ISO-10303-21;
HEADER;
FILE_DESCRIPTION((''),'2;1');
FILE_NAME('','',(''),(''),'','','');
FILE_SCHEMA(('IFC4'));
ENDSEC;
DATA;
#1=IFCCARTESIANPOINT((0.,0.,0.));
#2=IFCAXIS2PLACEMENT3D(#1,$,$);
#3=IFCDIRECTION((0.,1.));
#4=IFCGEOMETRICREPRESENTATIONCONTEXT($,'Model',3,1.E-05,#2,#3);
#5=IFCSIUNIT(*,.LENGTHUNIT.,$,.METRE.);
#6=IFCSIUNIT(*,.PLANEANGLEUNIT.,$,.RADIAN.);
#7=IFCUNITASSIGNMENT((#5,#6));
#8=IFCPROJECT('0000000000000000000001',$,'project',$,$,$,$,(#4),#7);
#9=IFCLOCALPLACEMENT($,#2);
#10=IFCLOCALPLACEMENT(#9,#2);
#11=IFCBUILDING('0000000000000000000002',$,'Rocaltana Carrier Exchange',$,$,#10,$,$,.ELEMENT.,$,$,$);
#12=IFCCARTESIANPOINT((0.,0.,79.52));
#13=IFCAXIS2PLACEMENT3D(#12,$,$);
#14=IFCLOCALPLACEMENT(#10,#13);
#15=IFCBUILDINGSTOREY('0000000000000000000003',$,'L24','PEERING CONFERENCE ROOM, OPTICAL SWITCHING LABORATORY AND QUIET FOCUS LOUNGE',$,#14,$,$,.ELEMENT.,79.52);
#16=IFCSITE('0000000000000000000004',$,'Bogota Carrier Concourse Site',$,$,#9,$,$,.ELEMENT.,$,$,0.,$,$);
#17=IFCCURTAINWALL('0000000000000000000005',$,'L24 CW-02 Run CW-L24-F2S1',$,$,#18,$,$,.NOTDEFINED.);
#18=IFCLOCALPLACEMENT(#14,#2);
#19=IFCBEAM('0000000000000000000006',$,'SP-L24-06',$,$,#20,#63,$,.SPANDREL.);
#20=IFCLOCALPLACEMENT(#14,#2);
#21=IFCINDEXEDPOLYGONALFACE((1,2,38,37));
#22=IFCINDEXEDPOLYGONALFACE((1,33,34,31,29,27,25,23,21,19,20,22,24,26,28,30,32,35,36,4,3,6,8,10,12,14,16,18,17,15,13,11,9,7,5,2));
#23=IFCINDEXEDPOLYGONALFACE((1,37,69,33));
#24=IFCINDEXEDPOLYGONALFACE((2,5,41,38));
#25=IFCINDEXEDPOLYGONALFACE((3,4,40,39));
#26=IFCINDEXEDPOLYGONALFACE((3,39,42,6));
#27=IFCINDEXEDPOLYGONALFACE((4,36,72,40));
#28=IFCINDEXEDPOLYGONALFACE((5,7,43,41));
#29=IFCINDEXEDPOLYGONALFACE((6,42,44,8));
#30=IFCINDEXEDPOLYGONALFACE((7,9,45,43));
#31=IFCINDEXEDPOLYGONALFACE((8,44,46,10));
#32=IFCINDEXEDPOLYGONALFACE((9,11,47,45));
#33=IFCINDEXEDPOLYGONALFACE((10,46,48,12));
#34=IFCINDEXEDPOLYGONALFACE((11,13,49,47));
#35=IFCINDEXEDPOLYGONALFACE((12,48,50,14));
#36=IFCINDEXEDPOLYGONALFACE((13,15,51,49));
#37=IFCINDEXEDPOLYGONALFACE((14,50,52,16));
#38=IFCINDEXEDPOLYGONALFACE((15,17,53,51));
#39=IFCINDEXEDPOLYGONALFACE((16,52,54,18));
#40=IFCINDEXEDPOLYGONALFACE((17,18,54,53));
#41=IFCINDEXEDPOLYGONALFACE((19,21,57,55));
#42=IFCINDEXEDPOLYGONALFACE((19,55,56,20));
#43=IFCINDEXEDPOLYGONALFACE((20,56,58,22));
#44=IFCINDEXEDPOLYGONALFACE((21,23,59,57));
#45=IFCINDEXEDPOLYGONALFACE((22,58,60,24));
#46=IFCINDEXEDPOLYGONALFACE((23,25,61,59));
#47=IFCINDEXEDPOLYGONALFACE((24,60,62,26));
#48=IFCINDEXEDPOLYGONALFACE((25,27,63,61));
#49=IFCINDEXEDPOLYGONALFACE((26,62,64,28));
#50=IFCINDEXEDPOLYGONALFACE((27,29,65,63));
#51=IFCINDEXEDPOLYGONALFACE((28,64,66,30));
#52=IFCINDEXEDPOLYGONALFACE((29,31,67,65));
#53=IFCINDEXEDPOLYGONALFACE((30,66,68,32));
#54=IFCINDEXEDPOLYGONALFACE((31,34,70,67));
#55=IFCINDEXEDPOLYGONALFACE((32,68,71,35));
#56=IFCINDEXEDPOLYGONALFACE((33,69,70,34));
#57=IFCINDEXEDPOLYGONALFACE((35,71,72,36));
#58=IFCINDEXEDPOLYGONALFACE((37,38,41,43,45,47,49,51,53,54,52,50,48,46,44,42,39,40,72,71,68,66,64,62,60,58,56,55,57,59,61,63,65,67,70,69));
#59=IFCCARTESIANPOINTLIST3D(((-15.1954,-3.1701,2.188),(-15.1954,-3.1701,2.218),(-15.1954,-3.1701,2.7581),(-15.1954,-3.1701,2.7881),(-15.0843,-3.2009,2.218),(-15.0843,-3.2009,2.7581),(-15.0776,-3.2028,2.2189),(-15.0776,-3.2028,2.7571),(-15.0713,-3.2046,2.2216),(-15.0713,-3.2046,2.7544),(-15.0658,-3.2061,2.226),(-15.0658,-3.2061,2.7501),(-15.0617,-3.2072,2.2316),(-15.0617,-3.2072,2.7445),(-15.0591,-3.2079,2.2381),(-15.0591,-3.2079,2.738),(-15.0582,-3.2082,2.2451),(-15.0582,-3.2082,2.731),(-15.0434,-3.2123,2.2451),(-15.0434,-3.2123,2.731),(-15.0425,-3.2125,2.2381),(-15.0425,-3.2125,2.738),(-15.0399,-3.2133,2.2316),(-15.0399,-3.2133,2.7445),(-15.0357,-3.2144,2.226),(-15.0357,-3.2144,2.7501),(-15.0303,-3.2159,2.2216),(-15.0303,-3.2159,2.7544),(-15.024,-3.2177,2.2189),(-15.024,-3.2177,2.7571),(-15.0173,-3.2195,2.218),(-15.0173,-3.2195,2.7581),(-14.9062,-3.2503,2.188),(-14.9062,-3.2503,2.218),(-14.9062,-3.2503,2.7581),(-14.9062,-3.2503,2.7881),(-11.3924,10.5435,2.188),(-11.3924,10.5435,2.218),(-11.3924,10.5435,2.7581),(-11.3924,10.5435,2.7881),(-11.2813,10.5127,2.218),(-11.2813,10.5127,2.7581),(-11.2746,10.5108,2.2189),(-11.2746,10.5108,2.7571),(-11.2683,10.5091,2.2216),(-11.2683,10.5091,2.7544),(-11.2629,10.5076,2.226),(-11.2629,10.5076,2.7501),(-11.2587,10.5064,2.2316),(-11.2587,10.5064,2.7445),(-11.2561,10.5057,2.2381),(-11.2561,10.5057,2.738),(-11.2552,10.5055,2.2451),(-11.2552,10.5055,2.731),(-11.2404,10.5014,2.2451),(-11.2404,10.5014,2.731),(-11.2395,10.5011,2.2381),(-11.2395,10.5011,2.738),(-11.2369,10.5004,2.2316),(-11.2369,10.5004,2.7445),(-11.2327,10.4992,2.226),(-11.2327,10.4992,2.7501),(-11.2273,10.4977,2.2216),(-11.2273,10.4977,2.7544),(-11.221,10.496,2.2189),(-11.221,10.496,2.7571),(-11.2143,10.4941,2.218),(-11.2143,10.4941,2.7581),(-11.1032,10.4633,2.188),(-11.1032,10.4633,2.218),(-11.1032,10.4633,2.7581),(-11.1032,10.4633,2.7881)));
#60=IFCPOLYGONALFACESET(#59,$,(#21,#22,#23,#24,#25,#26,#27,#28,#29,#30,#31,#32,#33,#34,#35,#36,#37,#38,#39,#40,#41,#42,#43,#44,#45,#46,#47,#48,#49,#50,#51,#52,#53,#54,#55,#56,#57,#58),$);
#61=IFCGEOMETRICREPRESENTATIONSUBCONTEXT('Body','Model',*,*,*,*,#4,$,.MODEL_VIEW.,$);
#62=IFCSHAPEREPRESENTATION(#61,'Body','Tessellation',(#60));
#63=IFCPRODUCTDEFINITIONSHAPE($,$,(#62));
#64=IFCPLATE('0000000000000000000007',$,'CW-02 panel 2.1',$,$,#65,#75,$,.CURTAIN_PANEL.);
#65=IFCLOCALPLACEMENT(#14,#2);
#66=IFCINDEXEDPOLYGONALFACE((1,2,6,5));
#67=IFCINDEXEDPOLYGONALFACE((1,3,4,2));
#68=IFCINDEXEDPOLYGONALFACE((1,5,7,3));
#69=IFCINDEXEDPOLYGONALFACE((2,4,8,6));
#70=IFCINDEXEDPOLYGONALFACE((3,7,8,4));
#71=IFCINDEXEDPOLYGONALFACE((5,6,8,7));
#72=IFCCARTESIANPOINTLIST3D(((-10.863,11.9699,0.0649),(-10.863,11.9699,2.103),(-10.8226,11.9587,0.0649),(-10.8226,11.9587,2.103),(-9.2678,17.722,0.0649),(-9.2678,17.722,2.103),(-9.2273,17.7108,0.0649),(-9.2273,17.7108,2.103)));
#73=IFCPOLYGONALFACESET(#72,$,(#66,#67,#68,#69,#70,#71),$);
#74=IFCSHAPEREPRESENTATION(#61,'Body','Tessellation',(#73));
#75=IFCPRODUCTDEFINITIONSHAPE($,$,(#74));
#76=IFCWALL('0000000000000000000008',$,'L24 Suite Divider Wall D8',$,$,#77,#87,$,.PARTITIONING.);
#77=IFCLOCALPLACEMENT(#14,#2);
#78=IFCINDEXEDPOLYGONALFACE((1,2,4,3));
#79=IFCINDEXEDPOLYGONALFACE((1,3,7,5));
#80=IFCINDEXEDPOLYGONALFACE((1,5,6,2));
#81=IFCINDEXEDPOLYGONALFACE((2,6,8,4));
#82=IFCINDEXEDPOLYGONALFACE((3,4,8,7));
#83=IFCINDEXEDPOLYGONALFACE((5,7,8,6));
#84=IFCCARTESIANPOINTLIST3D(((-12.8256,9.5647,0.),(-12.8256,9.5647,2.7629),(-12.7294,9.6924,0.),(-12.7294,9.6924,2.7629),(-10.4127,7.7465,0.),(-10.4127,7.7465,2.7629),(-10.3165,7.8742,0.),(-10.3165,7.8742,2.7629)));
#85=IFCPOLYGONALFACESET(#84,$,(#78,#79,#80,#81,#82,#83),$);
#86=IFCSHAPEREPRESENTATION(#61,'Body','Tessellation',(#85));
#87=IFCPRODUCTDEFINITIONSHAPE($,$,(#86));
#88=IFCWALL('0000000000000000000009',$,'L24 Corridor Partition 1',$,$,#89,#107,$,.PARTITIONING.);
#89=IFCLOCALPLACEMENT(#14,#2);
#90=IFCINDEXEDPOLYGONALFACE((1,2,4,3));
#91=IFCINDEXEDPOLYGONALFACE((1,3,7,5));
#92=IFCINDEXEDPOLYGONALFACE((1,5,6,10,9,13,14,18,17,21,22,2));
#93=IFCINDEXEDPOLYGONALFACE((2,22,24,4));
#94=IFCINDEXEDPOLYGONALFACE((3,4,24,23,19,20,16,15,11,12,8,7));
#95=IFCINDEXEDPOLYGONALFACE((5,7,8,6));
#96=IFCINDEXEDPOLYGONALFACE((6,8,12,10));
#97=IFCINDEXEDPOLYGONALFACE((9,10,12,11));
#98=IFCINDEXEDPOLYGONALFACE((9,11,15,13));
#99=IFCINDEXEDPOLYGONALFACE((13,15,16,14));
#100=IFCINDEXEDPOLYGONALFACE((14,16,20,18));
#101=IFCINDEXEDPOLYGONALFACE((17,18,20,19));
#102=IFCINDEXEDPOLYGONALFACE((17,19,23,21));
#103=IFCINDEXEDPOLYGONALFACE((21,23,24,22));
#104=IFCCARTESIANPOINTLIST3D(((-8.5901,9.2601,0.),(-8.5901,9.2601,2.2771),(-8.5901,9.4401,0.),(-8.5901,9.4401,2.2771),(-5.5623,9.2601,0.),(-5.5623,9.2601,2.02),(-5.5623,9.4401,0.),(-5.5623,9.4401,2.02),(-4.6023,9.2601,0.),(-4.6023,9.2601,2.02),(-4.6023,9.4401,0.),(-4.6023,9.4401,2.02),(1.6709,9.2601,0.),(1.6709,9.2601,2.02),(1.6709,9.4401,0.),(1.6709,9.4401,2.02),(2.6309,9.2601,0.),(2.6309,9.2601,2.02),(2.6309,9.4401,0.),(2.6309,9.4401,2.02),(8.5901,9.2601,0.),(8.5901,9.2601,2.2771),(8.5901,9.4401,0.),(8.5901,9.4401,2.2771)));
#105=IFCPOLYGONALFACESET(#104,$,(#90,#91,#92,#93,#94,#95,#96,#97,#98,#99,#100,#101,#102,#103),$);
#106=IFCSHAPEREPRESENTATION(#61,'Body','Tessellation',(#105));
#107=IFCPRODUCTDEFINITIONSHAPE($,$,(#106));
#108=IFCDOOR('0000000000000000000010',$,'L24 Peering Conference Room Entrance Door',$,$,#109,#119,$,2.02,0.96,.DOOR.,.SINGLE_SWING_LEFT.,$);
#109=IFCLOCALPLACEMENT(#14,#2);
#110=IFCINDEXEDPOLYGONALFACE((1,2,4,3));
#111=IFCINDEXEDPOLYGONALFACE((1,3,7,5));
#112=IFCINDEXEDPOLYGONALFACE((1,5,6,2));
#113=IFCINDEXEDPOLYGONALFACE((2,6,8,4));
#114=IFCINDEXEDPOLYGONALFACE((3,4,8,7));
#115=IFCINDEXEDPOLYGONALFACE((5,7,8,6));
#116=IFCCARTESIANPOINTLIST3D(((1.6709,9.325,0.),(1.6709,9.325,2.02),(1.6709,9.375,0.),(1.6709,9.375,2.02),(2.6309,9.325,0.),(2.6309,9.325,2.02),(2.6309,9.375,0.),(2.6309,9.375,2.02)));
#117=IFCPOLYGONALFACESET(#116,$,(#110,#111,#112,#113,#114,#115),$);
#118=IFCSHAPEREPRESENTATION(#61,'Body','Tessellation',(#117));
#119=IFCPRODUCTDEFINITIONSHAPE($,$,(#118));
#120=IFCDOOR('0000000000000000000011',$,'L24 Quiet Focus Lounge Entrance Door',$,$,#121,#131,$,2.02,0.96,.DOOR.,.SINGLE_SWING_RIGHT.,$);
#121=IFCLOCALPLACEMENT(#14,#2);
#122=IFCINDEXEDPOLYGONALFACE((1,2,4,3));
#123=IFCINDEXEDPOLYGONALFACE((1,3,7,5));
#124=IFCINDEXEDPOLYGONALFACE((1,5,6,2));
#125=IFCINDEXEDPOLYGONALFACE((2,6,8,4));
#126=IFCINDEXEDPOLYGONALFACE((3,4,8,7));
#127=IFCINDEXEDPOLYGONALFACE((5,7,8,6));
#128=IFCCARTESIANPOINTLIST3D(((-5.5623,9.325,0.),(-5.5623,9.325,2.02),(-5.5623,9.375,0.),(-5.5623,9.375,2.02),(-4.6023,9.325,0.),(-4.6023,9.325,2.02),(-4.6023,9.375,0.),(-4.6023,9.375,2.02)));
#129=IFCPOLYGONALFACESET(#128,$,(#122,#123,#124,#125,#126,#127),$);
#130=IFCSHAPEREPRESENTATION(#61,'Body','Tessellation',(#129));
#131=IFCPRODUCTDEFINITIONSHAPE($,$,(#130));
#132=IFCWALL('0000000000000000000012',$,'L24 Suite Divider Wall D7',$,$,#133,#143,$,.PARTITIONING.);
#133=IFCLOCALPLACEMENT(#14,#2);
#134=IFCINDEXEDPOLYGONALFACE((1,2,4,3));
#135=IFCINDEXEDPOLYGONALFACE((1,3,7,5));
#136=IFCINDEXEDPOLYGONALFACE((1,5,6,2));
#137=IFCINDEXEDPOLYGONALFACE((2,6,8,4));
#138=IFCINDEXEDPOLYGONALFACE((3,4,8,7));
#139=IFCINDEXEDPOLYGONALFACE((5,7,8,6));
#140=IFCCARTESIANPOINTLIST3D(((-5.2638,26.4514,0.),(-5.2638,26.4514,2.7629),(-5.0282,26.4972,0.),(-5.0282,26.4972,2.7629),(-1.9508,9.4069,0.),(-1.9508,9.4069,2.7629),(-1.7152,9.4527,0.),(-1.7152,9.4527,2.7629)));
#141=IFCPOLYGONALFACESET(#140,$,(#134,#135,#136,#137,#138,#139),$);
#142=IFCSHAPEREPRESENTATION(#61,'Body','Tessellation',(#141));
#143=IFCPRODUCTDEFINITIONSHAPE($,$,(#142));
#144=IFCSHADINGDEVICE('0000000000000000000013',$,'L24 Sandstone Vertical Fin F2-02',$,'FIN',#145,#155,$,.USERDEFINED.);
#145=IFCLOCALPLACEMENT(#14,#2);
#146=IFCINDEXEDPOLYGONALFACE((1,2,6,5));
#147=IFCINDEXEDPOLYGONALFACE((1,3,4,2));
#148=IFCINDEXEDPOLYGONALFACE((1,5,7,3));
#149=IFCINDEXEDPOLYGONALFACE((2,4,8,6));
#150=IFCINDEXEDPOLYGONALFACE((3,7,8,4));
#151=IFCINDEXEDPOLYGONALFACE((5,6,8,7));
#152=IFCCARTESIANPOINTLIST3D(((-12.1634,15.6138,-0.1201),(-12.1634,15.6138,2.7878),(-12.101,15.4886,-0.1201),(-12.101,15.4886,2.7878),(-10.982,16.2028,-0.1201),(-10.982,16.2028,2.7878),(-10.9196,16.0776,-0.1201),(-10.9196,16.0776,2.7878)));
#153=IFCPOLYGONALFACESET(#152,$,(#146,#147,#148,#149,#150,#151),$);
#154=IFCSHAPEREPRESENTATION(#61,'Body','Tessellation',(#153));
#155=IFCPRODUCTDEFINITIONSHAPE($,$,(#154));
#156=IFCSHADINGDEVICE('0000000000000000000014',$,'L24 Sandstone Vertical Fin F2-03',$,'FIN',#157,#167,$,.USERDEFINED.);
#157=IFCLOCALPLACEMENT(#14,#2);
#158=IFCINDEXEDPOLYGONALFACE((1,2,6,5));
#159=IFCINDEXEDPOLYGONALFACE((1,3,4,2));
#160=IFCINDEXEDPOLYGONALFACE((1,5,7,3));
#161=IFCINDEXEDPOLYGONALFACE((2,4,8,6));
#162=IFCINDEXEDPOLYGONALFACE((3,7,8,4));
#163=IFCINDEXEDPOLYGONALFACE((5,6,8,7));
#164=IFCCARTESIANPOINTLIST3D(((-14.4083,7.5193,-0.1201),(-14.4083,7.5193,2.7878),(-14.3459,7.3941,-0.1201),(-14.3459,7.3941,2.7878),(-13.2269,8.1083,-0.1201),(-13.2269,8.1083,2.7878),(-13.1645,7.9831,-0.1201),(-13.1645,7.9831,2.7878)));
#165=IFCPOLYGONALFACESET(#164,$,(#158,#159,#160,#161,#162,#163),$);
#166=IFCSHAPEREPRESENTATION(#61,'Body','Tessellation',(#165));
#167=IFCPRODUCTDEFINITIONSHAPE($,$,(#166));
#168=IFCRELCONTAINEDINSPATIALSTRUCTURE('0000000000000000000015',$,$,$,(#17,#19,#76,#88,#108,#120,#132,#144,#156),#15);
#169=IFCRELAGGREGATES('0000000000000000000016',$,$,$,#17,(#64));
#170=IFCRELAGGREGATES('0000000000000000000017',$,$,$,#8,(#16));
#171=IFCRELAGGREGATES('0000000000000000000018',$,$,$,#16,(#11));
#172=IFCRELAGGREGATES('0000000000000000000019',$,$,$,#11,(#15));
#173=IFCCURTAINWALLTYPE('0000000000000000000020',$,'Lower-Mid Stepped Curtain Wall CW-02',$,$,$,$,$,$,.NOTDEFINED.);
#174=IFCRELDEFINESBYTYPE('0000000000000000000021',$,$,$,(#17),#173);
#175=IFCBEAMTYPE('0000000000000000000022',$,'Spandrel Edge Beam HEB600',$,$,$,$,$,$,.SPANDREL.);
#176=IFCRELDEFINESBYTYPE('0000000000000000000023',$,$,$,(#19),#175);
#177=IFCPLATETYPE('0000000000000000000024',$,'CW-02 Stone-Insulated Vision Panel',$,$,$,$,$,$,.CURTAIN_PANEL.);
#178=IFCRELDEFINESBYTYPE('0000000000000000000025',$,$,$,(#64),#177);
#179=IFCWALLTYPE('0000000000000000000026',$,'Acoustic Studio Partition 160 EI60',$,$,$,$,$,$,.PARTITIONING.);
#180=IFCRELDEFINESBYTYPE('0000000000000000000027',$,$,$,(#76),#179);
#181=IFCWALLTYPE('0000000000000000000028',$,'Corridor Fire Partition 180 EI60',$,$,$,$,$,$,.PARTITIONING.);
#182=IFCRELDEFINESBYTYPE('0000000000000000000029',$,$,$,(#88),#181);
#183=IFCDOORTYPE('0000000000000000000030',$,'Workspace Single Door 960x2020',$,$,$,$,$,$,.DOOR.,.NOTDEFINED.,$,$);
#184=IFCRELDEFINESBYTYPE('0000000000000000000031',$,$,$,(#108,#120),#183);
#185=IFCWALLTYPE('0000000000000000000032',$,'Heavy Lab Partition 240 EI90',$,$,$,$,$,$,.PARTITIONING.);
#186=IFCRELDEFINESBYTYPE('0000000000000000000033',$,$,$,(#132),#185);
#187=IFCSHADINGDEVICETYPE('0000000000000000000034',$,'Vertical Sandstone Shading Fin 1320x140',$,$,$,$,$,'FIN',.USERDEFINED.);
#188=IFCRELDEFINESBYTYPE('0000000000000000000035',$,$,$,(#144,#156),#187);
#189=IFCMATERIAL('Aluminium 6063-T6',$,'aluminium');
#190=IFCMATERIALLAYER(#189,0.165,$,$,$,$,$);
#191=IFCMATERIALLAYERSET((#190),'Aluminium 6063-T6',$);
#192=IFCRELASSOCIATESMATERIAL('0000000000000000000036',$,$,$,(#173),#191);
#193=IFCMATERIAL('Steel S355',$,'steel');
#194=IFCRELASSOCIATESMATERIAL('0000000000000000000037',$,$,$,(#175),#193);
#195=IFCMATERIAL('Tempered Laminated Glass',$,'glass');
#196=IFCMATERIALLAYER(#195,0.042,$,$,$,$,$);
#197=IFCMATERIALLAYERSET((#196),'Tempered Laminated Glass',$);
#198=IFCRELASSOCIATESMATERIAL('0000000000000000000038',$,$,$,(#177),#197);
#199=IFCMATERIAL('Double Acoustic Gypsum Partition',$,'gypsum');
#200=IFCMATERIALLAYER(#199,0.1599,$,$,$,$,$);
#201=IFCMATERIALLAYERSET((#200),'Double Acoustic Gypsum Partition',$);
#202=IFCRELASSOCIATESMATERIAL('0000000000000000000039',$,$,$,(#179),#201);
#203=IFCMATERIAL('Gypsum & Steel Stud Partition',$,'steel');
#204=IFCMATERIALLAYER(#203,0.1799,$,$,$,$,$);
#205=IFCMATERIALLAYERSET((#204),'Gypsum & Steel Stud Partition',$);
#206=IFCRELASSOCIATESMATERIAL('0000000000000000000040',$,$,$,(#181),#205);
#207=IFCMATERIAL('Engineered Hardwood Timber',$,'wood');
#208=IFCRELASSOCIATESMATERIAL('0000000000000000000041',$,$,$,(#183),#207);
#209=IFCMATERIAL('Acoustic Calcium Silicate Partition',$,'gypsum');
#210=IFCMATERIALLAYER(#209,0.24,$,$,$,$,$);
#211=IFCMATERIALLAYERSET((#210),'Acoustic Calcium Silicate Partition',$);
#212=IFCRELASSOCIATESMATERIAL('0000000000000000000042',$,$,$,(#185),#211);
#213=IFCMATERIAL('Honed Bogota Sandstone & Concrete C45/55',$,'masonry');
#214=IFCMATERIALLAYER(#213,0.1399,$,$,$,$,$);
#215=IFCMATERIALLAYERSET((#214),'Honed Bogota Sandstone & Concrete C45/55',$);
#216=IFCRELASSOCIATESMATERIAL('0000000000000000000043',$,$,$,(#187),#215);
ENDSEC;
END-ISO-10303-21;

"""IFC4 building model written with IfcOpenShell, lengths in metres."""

from ifc_helpers import new_model, si_unit, direction, frame, frame_2d, origin, origin_2d, place, context, subcontext, project, spatial, rectangle, i_section, extrude, material, layer, layer_set, material_profile, profile_set, type_object, element, fill, aggregate, save


model = new_model("IFC4")

# Units and contexts
model_context = context("Model", 3, precision=1e-05, world=origin(), true_north=direction((0.0, 1.0)))
body_context = subcontext(model_context, "Body", "Model", "MODEL_VIEW")
ifc_project = project(units=[si_unit("LENGTHUNIT", "METRE"), si_unit("PLANEANGLEUNIT", "RADIAN")], contexts=[model_context])

# Site, building, storey
site_placement = place(None, origin())
site = spatial("IfcSite", under=ifc_project, at=site_placement, Name="Bogota Carrier Concourse Site", CompositionType="ELEMENT", RefElevation=0.0)
building_placement = place(site_placement, origin())
building = spatial("IfcBuilding", under=site, at=building_placement, Name="Rocaltana Carrier Exchange", CompositionType="ELEMENT")
storey_placement = place(building_placement, frame((0.0, 0.0, 79.52)))
storey = spatial("IfcBuildingStorey", under=building, at=storey_placement, Name="L24", Description="PEERING CONFERENCE ROOM, OPTICAL SWITCHING LABORATORY AND QUIET FOCUS LOUNGE", CompositionType="ELEMENT", Elevation=79.52)

# Curtain wall
ifc_material_1 = material(Name="Aluminium 6063-T6", Category="aluminium")
ifc_layer_1 = layer(ifc_material_1, 0.165)
ifc_layer_set_1 = layer_set([ifc_layer_1], Name="Aluminium 6063-T6")
curtain_wall_type = type_object("IfcCurtainWallType", Name="Lower-Mid Stepped Curtain Wall CW-02", PredefinedType="NOTDEFINED", material=ifc_layer_set_1)
curtain_wall_1_placement = place(storey_placement, origin())
curtain_wall_1 = element("IfcCurtainWall", 1, at=curtain_wall_1_placement, inside=storey, type_object=curtain_wall_type, Name="L24 CW-02 Run CW-L24-F2S1", PredefinedType="NOTDEFINED")

# Beam
ifc_material_2 = material(Name="Steel S355", Category="steel")
ifc_material_profile_1 = material_profile(ifc_material_2, i_section(OverallWidth=0.3, OverallDepth=0.6001, WebThickness=0.0154, FlangeThickness=0.03, FilletRadius=0.0271, at=origin_2d()), Name="HEB600")
ifc_profile_set_1 = profile_set([ifc_material_profile_1], Name="Steel S355")
beam_type_1 = type_object("IfcBeamType", Name="Spandrel Edge Beam HEB600", PredefinedType="SPANDREL", material=ifc_profile_set_1)
beam_1_placement = place(storey_placement, frame((-11.2478, 10.5034, 2.488), z_axis=(-0.267229, -0.963633, 0.0), x_axis=(0.963633, -0.267229, 0.0)))
element("IfcBeam", 2, at=beam_1_placement, inside=storey, type_object=beam_type_1, Name="SP-L24-06", PredefinedType="SPANDREL", context=body_context, shape_type="SweptSolid", body=[
    extrude(i_section(OverallWidth=0.3, OverallDepth=0.6001, WebThickness=0.0154, FlangeThickness=0.03, FilletRadius=0.0271, at=origin_2d()), origin(), (0.0, 0.0, 1.0), 14.2312),
])

# Plate
ifc_material_3 = material(Name="Tempered Laminated Glass", Category="glass")
ifc_layer_2 = layer(ifc_material_3, 0.042)
ifc_layer_set_2 = layer_set([ifc_layer_2], Name="Tempered Laminated Glass")
plate_type = type_object("IfcPlateType", Name="CW-02 Stone-Insulated Vision Panel", PredefinedType="CURTAIN_PANEL", material=ifc_layer_set_2)
plate_placement = place(storey_placement, frame((-10.0452, 14.8403, 0.0649), z_axis=(0.0, 0.0, 1.0), x_axis=(-0.267246, -0.963628, 0.0)))
plate = element("IfcPlate", 3, at=plate_placement, type_object=plate_type, Name="CW-02 panel 2.1", PredefinedType="CURTAIN_PANEL", context=body_context, shape_type="SweptSolid", body=[
    extrude(rectangle(XDim=5.9692, YDim=0.042, at=origin_2d()), origin(), (0.0, 0.0, 1.0), 2.0381),
])
aggregate(curtain_wall_1, [plate])

# Wall
ifc_material_4 = material(Name="Double Acoustic Gypsum Partition", Category="gypsum")
ifc_layer_3 = layer(ifc_material_4, 0.1599)
ifc_layer_set_3 = layer_set([ifc_layer_3], Name="Double Acoustic Gypsum Partition")
wall_type_1 = type_object("IfcWallType", Name="Acoustic Studio Partition 160 EI60", PredefinedType="PARTITIONING", material=ifc_layer_set_3)
wall_1_placement = place(storey_placement, frame((-10.3645, 7.8103, 0.0), z_axis=(0.0, 0.0, 1.0), x_axis=(-0.79865, 0.601796, 0.0)))
element("IfcWall", 4, at=wall_1_placement, inside=storey, type_object=wall_type_1, Name="L24 Suite Divider Wall D8", PredefinedType="PARTITIONING", context=body_context, shape_type="SweptSolid", body=[
    extrude(rectangle(XDim=3.0212, YDim=0.1599, at=frame_2d((1.5107, 0.0))), origin(), (0.0, 0.0, 1.0), 2.7629),
])

# Wall, openings, doors
ifc_material_5 = material(Name="Gypsum & Steel Stud Partition", Category="steel")
ifc_layer_4 = layer(ifc_material_5, 0.1799)
ifc_layer_set_4 = layer_set([ifc_layer_4], Name="Gypsum & Steel Stud Partition")
wall_type_2 = type_object("IfcWallType", Name="Corridor Fire Partition 180 EI60", PredefinedType="PARTITIONING", material=ifc_layer_set_4)
wall_2_placement = place(storey_placement, frame((-8.5901, 9.3501, 0.0), z_axis=(0.0, 0.0, 1.0), x_axis=(1.0, 0.0, 0.0)))
wall_2 = element("IfcWall", 5, at=wall_2_placement, inside=storey, type_object=wall_type_2, Name="L24 Corridor Partition 1", PredefinedType="PARTITIONING", context=body_context, shape_type="SweptSolid", body=[
    extrude(rectangle(XDim=17.1802, YDim=0.1799, at=frame_2d((8.5901, 0.0))), origin(), (0.0, 0.0, 1.0), 2.2771),
])
opening_1_placement = place(wall_2_placement, frame((10.261, 0.0, 0.0)))
opening_1 = element("IfcOpeningElement", 6, at=opening_1_placement, cuts=wall_2, PredefinedType="OPENING", context=body_context, shape_type="SweptSolid", body=[
    extrude(rectangle(XDim=0.96, YDim=2.02, at=frame_2d((0.48, 1.01))), frame((0.0, 0.0999, 0.0), z_axis=(0.0, -1.0, 0.0), x_axis=(1.0, 0.0, 0.0)), (0.0, 0.0, 1.0), 0.2),
])
opening_2_placement = place(wall_2_placement, frame((3.0278, 0.0, 0.0)))
opening_2 = element("IfcOpeningElement", 7, at=opening_2_placement, cuts=wall_2, PredefinedType="OPENING", context=body_context, shape_type="SweptSolid", body=[
    extrude(rectangle(XDim=0.96, YDim=2.02, at=frame_2d((0.48, 1.01))), frame((0.0, 0.0999, 0.0), z_axis=(0.0, -1.0, 0.0), x_axis=(1.0, 0.0, 0.0)), (0.0, 0.0, 1.0), 0.2),
])
ifc_material_6 = material(Name="Engineered Hardwood Timber", Category="wood")
door_type = type_object("IfcDoorType", Name="Workspace Single Door 960x2020", OperationType="NOTDEFINED", PredefinedType="DOOR", material=ifc_material_6)
door_1_placement = place(opening_1_placement, origin())
door_1 = element("IfcDoor", 8, at=door_1_placement, inside=storey, type_object=door_type, Name="L24 Peering Conference Room Entrance Door", OperationType="SINGLE_SWING_LEFT", OverallHeight=2.02, OverallWidth=0.96, PredefinedType="DOOR", context=body_context, shape_type="SweptSolid", body=[
    extrude(rectangle(XDim=0.96, YDim=2.02, at=frame_2d((0.48, 1.01))), frame((0.0, 0.0249, 0.0), z_axis=(0.0, -1.0, 0.0), x_axis=(1.0, 0.0, 0.0)), (0.0, 0.0, 1.0), 0.05),
])
fill(opening_1, door_1)
door_2_placement = place(opening_2_placement, origin())
door_2 = element("IfcDoor", 9, at=door_2_placement, inside=storey, type_object=door_type, Name="L24 Quiet Focus Lounge Entrance Door", OperationType="SINGLE_SWING_RIGHT", OverallHeight=2.02, OverallWidth=0.96, PredefinedType="DOOR", context=body_context, shape_type="SweptSolid", body=[
    extrude(rectangle(XDim=0.96, YDim=2.02, at=frame_2d((0.48, 1.01))), frame((0.0, 0.0249, 0.0), z_axis=(0.0, -1.0, 0.0), x_axis=(1.0, 0.0, 0.0)), (0.0, 0.0, 1.0), 0.05),
])
fill(opening_2, door_2)

# Wall
ifc_material_7 = material(Name="Acoustic Calcium Silicate Partition", Category="gypsum")
ifc_layer_5 = layer(ifc_material_7, 0.24)
ifc_layer_set_5 = layer_set([ifc_layer_5], Name="Acoustic Calcium Silicate Partition")
wall_type_3 = type_object("IfcWallType", Name="Heavy Lab Partition 240 EI90", PredefinedType="PARTITIONING", material=ifc_layer_set_5)
wall_3_placement = place(storey_placement, frame((-1.833, 9.4299, 0.0), z_axis=(0.0, 0.0, 1.0), x_axis=(-0.190803, 0.981628, 0.0)))
element("IfcWall", 10, at=wall_3_placement, inside=storey, type_object=wall_type_3, Name="L24 Suite Divider Wall D7", PredefinedType="PARTITIONING", context=body_context, shape_type="SweptSolid", body=[
    extrude(rectangle(XDim=17.3635, YDim=0.24, at=frame_2d((8.6816, 0.0))), origin(), (0.0, 0.0, 1.0), 2.7629),
])

# Shading devices
ifc_material_8 = material(Name="Honed Bogota Sandstone & Concrete C45/55", Category="masonry")
ifc_layer_6 = layer(ifc_material_8, 0.1399)
ifc_layer_set_6 = layer_set([ifc_layer_6], Name="Honed Bogota Sandstone & Concrete C45/55")
shading_device_type = type_object("IfcShadingDeviceType", Name="Vertical Sandstone Shading Fin 1320x140", ElementType="FIN", PredefinedType="USERDEFINED", material=ifc_layer_set_6)
for number, where, z_axis, x_axis, name in (
    (11, (-11.5415, 15.8457, -0.1201), (0.0, 0.0, 1.0), (-0.894934, -0.446198, 0.0), "L24 Sandstone Vertical Fin F2-02"),
    (12, (-13.7864, 7.7512, -0.1201), (0.0, 0.0, 1.0), (-0.894934, -0.446198, 0.0), "L24 Sandstone Vertical Fin F2-03"),
):
    element("IfcShadingDevice", number, at=place(storey_placement, frame(where, z_axis=z_axis, x_axis=x_axis)), inside=storey, type_object=shading_device_type, Name=name, ObjectType="FIN", PredefinedType="USERDEFINED", context=body_context, shape_type="SweptSolid", body=[
        extrude(rectangle(XDim=1.3201, YDim=0.1399, at=origin_2d()), origin(), (0.0, 0.0, 1.0), 2.908),
    ])

save(model, "model.ifc")
